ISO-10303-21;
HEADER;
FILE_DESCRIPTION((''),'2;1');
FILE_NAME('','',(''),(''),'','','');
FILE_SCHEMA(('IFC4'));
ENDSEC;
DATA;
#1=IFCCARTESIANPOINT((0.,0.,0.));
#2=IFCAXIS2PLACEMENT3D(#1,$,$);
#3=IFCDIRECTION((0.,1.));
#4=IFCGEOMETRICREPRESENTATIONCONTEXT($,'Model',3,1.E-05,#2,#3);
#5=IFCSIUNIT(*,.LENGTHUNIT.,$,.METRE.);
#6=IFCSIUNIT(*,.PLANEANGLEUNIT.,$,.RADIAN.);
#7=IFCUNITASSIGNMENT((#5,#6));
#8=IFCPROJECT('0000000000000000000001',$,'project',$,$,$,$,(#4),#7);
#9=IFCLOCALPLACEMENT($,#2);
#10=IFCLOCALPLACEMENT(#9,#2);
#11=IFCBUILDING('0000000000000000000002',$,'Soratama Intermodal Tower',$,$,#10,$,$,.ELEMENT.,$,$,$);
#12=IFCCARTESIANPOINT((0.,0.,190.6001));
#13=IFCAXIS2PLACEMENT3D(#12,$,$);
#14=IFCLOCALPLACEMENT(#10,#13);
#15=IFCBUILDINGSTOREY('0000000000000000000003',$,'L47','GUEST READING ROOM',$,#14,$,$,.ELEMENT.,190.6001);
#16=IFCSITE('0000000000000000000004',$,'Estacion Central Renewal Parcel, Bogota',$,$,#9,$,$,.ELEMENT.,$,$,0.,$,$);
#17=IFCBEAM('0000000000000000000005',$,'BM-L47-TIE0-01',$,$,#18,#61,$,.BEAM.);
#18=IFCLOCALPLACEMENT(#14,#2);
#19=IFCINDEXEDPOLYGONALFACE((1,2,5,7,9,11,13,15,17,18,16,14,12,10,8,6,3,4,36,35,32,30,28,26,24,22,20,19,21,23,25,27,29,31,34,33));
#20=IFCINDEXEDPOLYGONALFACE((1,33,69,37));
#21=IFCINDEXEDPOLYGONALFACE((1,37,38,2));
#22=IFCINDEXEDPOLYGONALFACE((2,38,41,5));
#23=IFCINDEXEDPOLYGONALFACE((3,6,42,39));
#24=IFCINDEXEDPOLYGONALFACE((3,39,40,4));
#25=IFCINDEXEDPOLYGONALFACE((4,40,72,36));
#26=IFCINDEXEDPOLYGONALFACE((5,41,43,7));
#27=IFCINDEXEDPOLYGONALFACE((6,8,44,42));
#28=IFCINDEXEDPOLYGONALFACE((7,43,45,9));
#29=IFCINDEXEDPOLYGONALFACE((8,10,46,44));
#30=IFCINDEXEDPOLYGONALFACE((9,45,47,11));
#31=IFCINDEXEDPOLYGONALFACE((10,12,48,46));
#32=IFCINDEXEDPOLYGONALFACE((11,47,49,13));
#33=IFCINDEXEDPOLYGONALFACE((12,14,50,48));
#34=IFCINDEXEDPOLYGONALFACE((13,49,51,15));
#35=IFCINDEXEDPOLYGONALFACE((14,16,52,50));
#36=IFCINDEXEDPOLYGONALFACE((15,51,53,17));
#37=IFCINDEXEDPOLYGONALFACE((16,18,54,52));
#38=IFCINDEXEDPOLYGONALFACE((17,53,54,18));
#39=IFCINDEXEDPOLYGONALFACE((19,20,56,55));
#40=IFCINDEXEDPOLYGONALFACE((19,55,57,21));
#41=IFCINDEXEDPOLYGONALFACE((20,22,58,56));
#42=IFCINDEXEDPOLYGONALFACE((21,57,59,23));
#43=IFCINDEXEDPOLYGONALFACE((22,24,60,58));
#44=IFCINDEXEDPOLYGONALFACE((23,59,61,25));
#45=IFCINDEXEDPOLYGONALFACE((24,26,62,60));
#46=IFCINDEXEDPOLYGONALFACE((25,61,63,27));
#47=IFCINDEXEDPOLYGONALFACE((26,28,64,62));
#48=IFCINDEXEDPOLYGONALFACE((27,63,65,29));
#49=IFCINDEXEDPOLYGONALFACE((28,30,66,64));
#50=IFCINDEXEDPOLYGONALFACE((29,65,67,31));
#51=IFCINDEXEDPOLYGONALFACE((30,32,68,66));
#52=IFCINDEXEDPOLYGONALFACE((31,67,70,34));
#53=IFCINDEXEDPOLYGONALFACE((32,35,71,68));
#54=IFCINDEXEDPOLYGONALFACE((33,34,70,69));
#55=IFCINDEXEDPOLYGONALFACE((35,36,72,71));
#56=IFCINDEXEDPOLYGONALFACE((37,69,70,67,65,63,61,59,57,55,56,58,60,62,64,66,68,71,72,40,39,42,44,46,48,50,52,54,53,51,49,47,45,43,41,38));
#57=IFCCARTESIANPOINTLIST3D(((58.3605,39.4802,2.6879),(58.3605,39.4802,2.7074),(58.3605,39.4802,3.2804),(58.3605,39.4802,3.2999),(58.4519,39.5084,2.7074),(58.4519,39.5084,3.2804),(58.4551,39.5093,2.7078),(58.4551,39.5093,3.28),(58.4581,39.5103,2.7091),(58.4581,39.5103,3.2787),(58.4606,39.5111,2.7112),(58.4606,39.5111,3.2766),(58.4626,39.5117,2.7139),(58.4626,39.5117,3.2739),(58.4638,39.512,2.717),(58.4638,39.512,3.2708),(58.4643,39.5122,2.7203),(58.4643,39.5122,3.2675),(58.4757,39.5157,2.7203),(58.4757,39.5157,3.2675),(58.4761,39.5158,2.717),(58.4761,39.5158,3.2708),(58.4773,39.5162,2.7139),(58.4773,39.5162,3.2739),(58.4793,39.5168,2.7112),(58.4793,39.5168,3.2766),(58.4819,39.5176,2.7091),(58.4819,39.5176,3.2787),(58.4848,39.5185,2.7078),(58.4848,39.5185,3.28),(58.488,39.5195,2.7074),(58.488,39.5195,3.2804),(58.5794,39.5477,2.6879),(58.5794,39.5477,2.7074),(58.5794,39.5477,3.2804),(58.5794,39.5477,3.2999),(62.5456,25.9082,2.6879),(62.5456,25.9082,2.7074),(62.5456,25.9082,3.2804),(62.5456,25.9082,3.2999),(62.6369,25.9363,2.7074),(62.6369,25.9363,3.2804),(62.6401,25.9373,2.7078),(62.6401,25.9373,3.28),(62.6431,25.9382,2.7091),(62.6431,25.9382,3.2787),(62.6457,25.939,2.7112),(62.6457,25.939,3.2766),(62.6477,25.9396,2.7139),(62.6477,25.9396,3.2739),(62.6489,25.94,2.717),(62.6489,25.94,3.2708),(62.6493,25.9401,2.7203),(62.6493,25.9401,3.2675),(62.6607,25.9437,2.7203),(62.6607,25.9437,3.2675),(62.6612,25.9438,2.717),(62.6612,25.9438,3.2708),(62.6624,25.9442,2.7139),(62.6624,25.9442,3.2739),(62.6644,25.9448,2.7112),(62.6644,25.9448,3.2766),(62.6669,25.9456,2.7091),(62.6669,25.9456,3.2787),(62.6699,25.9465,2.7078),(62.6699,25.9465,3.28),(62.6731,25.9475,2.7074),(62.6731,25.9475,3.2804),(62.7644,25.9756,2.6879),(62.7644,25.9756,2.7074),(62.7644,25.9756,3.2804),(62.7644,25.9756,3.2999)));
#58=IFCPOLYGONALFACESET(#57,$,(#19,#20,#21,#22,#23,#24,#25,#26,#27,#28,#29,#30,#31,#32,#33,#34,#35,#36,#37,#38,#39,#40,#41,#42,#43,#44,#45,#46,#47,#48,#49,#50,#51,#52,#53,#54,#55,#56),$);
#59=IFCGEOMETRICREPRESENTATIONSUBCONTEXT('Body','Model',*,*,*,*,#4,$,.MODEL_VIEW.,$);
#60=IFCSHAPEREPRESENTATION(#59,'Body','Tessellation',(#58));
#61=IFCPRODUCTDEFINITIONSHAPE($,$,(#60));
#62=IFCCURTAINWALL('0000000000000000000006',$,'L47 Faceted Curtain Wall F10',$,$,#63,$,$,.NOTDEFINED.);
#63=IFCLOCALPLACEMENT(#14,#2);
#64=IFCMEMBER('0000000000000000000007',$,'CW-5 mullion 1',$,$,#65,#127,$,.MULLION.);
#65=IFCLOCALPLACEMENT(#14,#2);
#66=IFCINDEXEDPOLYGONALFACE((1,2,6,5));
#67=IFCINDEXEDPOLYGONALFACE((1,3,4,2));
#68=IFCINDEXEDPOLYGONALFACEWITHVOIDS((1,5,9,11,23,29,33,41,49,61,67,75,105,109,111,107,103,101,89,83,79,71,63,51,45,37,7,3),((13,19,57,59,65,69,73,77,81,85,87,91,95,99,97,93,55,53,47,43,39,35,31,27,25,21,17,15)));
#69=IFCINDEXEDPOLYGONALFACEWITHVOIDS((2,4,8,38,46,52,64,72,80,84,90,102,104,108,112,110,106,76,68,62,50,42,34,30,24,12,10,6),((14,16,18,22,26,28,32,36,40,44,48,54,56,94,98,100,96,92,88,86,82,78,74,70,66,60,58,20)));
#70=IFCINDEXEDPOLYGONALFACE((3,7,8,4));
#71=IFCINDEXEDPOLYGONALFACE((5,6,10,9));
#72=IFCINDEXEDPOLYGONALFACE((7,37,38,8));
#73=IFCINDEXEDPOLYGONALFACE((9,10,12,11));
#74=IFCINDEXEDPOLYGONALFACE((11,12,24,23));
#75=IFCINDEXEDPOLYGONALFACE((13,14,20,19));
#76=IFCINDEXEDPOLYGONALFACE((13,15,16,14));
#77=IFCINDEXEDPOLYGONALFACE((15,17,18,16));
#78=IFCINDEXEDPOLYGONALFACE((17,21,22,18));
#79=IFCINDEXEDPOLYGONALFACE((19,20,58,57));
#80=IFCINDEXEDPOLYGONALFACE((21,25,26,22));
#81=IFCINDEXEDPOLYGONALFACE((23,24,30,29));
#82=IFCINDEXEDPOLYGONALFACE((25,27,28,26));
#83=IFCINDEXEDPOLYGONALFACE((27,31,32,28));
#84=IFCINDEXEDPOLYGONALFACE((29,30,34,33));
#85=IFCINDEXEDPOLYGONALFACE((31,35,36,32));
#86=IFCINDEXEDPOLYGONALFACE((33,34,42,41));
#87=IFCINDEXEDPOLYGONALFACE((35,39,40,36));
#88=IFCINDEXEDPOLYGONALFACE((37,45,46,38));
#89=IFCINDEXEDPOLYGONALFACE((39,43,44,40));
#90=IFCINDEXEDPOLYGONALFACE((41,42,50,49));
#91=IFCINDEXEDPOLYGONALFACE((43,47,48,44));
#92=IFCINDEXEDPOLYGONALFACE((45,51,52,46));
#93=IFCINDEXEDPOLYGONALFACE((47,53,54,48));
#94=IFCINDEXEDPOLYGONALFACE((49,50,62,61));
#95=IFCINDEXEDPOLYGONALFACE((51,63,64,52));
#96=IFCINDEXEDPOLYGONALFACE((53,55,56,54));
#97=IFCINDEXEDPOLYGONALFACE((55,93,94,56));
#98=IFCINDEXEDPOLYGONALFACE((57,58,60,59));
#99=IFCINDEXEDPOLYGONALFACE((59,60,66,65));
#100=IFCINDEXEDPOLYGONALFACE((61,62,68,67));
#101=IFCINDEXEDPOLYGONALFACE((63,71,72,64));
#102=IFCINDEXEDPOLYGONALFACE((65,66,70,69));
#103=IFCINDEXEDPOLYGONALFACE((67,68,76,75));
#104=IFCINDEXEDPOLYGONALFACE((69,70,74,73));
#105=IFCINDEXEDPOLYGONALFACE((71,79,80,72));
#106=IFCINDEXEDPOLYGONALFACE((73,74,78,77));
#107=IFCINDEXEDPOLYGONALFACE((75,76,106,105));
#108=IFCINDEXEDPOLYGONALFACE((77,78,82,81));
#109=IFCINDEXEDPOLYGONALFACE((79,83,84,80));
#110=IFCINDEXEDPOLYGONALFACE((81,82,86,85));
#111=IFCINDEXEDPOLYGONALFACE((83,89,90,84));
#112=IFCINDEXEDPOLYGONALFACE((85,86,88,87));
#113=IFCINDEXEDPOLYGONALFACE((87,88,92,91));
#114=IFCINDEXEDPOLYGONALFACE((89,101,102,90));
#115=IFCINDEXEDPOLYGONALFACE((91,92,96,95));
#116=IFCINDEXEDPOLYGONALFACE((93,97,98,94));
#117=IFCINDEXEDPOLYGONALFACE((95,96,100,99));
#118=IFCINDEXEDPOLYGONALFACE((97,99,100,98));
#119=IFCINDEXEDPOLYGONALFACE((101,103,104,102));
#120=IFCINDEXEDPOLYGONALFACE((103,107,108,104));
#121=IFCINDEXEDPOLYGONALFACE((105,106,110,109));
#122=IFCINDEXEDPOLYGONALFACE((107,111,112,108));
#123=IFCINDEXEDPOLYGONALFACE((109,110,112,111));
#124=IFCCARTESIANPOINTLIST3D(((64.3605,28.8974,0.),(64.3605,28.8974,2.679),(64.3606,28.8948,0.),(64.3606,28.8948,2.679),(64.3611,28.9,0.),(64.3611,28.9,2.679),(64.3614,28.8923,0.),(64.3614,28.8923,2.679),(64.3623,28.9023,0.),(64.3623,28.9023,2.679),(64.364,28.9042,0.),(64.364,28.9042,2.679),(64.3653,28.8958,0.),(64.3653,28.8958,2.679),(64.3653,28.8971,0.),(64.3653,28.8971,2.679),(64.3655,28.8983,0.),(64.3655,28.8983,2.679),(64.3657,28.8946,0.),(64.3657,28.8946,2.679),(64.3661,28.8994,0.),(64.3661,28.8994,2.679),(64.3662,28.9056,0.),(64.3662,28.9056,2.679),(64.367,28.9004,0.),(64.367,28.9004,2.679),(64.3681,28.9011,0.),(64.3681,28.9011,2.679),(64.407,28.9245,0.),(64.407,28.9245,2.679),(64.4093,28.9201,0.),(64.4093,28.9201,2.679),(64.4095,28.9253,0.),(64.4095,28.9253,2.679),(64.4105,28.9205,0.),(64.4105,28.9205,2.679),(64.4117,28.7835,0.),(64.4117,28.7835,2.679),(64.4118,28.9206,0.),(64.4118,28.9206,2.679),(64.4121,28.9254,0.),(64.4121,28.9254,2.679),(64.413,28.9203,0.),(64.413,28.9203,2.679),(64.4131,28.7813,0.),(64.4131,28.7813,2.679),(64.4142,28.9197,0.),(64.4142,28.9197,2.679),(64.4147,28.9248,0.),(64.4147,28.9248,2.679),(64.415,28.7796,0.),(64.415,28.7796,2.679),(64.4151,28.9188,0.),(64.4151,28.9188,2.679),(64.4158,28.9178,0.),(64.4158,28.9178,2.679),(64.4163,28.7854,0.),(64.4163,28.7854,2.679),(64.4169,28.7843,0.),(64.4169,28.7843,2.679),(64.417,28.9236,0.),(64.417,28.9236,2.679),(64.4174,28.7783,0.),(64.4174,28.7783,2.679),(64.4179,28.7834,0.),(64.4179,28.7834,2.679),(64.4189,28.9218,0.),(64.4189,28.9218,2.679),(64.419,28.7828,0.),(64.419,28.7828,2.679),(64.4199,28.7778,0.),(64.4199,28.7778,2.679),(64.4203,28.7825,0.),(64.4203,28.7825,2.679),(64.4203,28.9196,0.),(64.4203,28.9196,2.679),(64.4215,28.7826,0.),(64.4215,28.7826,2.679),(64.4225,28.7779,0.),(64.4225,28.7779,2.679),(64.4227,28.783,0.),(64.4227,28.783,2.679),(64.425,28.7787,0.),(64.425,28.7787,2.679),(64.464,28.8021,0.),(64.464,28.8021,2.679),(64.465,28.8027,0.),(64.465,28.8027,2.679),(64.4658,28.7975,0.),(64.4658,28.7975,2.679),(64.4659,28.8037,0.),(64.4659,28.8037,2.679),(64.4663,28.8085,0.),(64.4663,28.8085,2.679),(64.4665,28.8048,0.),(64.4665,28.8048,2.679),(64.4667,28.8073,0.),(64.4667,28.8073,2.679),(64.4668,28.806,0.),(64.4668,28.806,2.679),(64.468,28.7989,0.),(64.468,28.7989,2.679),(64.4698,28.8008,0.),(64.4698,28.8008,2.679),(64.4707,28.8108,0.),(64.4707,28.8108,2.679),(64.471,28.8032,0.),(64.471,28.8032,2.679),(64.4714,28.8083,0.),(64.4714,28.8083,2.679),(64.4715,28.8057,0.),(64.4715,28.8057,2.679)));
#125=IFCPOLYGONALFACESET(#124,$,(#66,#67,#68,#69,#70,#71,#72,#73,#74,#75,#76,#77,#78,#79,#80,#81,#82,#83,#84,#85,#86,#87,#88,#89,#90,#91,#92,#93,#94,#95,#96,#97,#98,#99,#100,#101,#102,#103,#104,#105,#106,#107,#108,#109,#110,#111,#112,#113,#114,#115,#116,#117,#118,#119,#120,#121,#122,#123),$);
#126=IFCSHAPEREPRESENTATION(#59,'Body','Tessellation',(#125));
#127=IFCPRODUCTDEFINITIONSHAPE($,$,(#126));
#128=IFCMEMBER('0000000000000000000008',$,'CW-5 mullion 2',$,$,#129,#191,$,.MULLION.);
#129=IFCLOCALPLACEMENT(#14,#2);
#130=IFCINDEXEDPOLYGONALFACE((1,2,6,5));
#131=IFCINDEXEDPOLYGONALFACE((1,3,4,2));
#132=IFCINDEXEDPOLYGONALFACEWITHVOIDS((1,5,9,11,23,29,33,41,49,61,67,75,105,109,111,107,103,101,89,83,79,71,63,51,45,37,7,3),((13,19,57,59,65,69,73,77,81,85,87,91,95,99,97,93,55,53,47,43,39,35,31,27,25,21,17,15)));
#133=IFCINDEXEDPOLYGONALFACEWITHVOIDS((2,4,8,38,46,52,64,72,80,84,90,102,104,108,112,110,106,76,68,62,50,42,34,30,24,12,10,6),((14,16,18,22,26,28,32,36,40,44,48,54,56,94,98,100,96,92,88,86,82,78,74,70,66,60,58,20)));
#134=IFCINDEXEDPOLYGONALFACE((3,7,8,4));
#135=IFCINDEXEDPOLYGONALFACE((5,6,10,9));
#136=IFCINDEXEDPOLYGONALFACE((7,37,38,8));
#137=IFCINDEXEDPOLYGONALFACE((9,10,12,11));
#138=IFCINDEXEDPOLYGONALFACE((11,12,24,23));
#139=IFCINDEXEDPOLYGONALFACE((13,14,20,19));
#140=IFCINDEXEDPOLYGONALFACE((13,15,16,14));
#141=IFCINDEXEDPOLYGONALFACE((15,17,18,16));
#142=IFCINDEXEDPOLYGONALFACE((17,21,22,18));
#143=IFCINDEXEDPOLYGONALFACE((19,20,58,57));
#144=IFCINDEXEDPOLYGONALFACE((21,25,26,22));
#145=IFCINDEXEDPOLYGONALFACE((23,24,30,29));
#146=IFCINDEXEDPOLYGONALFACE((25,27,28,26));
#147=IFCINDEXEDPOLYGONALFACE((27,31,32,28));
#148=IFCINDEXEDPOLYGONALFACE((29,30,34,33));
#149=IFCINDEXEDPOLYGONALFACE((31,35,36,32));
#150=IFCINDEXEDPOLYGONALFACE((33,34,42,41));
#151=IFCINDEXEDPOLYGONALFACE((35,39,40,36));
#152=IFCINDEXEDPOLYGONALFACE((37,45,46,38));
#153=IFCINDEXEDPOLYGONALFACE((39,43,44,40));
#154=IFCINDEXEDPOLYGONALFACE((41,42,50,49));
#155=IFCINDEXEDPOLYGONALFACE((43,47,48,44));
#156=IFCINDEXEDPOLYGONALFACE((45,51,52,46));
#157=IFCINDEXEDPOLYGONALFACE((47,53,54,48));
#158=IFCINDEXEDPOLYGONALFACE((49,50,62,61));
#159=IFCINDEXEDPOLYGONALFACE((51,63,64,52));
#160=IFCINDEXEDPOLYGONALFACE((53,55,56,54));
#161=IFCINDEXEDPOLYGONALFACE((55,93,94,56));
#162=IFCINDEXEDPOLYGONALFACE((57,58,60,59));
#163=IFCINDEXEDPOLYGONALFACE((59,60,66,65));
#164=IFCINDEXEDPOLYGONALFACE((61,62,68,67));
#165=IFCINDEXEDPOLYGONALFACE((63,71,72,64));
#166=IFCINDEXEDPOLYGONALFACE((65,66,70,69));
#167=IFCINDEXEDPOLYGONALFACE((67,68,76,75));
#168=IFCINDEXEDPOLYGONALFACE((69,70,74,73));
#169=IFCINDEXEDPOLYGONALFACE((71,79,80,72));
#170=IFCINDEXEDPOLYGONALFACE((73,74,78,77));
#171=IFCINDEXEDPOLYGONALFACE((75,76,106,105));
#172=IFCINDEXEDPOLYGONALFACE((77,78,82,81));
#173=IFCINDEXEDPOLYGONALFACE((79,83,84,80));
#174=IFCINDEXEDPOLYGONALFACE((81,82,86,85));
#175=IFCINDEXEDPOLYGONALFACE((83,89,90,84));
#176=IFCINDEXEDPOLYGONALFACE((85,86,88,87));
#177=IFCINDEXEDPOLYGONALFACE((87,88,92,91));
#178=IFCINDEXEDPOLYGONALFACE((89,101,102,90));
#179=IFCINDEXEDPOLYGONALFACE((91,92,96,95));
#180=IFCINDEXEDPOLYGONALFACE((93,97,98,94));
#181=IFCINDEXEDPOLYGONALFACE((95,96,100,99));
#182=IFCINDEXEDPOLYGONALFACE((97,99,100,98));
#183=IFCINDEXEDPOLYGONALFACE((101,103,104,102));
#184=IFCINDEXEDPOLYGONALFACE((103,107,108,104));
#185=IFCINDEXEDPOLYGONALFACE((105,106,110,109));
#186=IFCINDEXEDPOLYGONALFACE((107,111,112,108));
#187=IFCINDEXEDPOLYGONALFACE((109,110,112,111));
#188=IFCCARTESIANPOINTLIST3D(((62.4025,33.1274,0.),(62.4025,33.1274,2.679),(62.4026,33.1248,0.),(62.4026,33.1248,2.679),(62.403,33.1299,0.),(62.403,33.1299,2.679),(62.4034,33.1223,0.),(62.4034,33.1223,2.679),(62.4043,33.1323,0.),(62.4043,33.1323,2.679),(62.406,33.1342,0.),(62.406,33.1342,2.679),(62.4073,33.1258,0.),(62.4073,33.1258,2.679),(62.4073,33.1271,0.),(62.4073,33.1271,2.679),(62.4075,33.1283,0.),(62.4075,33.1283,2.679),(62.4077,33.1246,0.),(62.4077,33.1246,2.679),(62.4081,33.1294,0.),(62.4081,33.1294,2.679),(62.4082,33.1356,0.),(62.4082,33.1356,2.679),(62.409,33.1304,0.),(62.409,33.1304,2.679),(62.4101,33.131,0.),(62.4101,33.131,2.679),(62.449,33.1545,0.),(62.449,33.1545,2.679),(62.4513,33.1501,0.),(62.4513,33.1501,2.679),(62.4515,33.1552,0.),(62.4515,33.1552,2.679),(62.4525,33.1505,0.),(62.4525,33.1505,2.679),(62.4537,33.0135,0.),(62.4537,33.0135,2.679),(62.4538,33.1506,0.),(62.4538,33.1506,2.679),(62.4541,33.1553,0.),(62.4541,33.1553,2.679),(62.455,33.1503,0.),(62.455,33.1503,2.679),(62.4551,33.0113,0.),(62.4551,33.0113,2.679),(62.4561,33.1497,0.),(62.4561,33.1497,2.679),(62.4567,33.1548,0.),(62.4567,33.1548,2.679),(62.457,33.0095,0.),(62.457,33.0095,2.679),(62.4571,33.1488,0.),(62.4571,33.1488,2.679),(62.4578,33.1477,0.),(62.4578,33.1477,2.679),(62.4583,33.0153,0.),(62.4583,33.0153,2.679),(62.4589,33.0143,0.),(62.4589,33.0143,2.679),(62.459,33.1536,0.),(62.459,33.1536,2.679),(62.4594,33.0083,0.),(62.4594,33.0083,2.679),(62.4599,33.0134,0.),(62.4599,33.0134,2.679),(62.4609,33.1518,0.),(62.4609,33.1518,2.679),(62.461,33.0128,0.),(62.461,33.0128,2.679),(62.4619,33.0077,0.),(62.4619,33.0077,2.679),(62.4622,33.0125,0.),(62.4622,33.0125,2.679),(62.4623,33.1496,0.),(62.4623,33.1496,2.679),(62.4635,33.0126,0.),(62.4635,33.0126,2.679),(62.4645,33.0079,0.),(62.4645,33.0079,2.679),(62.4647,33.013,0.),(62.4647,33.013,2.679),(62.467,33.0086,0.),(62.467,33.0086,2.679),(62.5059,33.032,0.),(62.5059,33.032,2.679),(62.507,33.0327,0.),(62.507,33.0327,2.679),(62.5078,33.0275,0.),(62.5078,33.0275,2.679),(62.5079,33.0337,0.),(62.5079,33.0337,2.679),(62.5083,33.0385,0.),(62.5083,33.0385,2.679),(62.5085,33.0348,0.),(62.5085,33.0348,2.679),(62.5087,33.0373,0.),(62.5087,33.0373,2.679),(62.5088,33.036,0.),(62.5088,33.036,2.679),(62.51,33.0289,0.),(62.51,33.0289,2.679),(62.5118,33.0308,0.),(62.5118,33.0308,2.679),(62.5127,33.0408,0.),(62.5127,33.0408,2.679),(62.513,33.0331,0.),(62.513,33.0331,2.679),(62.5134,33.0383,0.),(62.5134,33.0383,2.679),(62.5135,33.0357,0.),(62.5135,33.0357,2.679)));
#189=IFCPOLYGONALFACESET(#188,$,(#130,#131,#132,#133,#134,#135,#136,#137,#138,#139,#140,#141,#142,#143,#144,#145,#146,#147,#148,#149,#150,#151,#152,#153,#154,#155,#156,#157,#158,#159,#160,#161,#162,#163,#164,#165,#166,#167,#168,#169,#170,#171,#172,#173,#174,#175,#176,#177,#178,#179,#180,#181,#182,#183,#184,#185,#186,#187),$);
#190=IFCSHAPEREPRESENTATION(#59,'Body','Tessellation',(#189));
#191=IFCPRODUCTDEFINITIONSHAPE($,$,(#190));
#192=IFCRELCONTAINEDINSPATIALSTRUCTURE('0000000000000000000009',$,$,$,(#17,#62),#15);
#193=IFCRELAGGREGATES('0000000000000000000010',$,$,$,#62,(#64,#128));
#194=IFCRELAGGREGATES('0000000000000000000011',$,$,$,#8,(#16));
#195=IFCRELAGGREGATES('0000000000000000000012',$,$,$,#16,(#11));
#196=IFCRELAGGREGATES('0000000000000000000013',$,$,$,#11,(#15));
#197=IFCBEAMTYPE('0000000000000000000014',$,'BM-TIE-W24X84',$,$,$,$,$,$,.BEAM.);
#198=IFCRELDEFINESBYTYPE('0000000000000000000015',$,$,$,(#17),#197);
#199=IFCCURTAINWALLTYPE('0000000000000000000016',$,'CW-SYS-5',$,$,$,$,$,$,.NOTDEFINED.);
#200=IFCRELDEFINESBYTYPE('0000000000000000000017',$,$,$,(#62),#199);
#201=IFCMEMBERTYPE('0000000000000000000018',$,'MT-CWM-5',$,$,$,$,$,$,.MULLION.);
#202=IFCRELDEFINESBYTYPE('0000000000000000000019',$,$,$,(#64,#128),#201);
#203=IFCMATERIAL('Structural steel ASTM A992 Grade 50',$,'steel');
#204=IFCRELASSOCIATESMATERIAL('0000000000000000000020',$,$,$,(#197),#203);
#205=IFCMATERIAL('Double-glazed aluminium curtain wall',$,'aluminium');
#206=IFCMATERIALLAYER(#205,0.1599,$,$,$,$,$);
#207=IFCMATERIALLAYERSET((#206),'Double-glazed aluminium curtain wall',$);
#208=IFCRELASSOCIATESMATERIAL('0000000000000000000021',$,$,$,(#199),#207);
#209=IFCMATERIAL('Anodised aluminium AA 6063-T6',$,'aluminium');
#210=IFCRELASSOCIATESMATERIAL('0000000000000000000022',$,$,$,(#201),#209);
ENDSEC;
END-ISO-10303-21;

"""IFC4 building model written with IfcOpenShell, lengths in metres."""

from ifc_helpers import new_model, si_unit, direction, frame, origin, origin_2d, place, context, subcontext, project, spatial, hollow_rectangle, i_section, extrude, material, layer, layer_set, material_profile, profile_set, type_object, element, aggregate, save


model = new_model("IFC4")

# Units and contexts
model_context = context("Model", 3, precision=1e-05, world=origin(), true_north=direction((0.0, 1.0)))
body_context = subcontext(model_context, "Body", "Model", "MODEL_VIEW")
ifc_project = project(units=[si_unit("LENGTHUNIT", "METRE"), si_unit("PLANEANGLEUNIT", "RADIAN")], contexts=[model_context])

# Site, building, storey
site_placement = place(None, origin())
site = spatial("IfcSite", under=ifc_project, at=site_placement, Name="Estacion Central Renewal Parcel, Bogota", CompositionType="ELEMENT", RefElevation=0.0)
building_placement = place(site_placement, origin())
building = spatial("IfcBuilding", under=site, at=building_placement, Name="Soratama Intermodal Tower", CompositionType="ELEMENT")
storey_placement = place(building_placement, frame((0.0, 0.0, 190.6001)))
storey = spatial("IfcBuildingStorey", under=building, at=storey_placement, Name="L47", Description="GUEST READING ROOM", CompositionType="ELEMENT", Elevation=190.6001)

# Beam
ifc_material_1 = material(Name="Structural steel ASTM A992 Grade 50", Category="steel")
ifc_material_profile_1 = material_profile(ifc_material_1, i_section(OverallWidth=0.229, OverallDepth=0.6121, WebThickness=0.012, FlangeThickness=0.0195, FilletRadius=0.0129, at=origin_2d()), Name="W24X84")
ifc_profile_set_1 = profile_set([ifc_material_profile_1], Name="Structural steel ASTM A992 Grade 50")
beam_type_1 = type_object("IfcBeamType", Name="BM-TIE-W24X84", PredefinedType="BEAM", material=ifc_profile_set_1)
beam_1_placement = place(storey_placement, frame((62.655, 25.9419, 2.9939), z_axis=(-0.294668, 0.9556, 0.0), x_axis=(-0.9556, -0.294668, 0.0)))
element("IfcBeam", 1, at=beam_1_placement, inside=storey, type_object=beam_type_1, Name="BM-L47-TIE0-01", PredefinedType="BEAM", context=body_context, shape_type="SweptSolid", body=[
    extrude(i_section(OverallWidth=0.229, OverallDepth=0.6121, WebThickness=0.012, FlangeThickness=0.0195, FilletRadius=0.0129, at=origin_2d()), origin(), (0.0, 0.0, 1.0), 14.2026),
])

# Curtain wall, members
ifc_material_2 = material(Name="Double-glazed aluminium curtain wall", Category="aluminium")
ifc_layer_1 = layer(ifc_material_2, 0.1599)
ifc_layer_set_1 = layer_set([ifc_layer_1], Name="Double-glazed aluminium curtain wall")
curtain_wall_type = type_object("IfcCurtainWallType", Name="CW-SYS-5", PredefinedType="NOTDEFINED", material=ifc_layer_set_1)
curtain_wall_placement = place(storey_placement, origin())
curtain_wall = element("IfcCurtainWall", 2, at=curtain_wall_placement, inside=storey, type_object=curtain_wall_type, Name="L47 Faceted Curtain Wall F10", PredefinedType="NOTDEFINED")
ifc_material_3 = material(Name="Anodised aluminium AA 6063-T6", Category="aluminium")
ifc_material_profile_2 = material_profile(ifc_material_3, hollow_rectangle(XDim=0.0649, YDim=0.1399, WallThickness=0.0049, InnerFilletRadius=0.0049, OuterFilletRadius=0.01, at=origin_2d()), Name="CWM140X65X5")
ifc_profile_set_2 = profile_set([ifc_material_profile_2], Name="Anodised aluminium AA 6063-T6")
member_type_1 = type_object("IfcMemberType", Name="MT-CWM-5", PredefinedType="MULLION", material=ifc_profile_set_2)
member_1_placement = place(storey_placement, frame((64.416, 28.8516, 0.0), z_axis=(0.0, 0.0, 1.0), x_axis=(-0.907482, -0.420092, 0.0)))
member_1 = element("IfcMember", 3, at=member_1_placement, type_object=member_type_1, Name="CW-5 mullion 1", PredefinedType="MULLION", context=body_context, shape_type="SweptSolid", body=[
    extrude(hollow_rectangle(XDim=0.0649, YDim=0.1399, WallThickness=0.0049, InnerFilletRadius=0.0049, OuterFilletRadius=0.01, at=origin_2d()), origin(), (0.0, 0.0, 1.0), 2.679),
])
member_2_placement = place(storey_placement, frame((62.458, 33.0815, 0.0), z_axis=(0.0, 0.0, 1.0), x_axis=(-0.907482, -0.420092, 0.0)))
member_2 = element("IfcMember", 4, at=member_2_placement, type_object=member_type_1, Name="CW-5 mullion 2", PredefinedType="MULLION", context=body_context, shape_type="SweptSolid", body=[
    extrude(hollow_rectangle(XDim=0.0649, YDim=0.1399, WallThickness=0.0049, InnerFilletRadius=0.0049, OuterFilletRadius=0.01, at=origin_2d()), origin(), (0.0, 0.0, 1.0), 2.679),
])
aggregate(curtain_wall, [member_1, member_2])

save(model, "model.ifc")
